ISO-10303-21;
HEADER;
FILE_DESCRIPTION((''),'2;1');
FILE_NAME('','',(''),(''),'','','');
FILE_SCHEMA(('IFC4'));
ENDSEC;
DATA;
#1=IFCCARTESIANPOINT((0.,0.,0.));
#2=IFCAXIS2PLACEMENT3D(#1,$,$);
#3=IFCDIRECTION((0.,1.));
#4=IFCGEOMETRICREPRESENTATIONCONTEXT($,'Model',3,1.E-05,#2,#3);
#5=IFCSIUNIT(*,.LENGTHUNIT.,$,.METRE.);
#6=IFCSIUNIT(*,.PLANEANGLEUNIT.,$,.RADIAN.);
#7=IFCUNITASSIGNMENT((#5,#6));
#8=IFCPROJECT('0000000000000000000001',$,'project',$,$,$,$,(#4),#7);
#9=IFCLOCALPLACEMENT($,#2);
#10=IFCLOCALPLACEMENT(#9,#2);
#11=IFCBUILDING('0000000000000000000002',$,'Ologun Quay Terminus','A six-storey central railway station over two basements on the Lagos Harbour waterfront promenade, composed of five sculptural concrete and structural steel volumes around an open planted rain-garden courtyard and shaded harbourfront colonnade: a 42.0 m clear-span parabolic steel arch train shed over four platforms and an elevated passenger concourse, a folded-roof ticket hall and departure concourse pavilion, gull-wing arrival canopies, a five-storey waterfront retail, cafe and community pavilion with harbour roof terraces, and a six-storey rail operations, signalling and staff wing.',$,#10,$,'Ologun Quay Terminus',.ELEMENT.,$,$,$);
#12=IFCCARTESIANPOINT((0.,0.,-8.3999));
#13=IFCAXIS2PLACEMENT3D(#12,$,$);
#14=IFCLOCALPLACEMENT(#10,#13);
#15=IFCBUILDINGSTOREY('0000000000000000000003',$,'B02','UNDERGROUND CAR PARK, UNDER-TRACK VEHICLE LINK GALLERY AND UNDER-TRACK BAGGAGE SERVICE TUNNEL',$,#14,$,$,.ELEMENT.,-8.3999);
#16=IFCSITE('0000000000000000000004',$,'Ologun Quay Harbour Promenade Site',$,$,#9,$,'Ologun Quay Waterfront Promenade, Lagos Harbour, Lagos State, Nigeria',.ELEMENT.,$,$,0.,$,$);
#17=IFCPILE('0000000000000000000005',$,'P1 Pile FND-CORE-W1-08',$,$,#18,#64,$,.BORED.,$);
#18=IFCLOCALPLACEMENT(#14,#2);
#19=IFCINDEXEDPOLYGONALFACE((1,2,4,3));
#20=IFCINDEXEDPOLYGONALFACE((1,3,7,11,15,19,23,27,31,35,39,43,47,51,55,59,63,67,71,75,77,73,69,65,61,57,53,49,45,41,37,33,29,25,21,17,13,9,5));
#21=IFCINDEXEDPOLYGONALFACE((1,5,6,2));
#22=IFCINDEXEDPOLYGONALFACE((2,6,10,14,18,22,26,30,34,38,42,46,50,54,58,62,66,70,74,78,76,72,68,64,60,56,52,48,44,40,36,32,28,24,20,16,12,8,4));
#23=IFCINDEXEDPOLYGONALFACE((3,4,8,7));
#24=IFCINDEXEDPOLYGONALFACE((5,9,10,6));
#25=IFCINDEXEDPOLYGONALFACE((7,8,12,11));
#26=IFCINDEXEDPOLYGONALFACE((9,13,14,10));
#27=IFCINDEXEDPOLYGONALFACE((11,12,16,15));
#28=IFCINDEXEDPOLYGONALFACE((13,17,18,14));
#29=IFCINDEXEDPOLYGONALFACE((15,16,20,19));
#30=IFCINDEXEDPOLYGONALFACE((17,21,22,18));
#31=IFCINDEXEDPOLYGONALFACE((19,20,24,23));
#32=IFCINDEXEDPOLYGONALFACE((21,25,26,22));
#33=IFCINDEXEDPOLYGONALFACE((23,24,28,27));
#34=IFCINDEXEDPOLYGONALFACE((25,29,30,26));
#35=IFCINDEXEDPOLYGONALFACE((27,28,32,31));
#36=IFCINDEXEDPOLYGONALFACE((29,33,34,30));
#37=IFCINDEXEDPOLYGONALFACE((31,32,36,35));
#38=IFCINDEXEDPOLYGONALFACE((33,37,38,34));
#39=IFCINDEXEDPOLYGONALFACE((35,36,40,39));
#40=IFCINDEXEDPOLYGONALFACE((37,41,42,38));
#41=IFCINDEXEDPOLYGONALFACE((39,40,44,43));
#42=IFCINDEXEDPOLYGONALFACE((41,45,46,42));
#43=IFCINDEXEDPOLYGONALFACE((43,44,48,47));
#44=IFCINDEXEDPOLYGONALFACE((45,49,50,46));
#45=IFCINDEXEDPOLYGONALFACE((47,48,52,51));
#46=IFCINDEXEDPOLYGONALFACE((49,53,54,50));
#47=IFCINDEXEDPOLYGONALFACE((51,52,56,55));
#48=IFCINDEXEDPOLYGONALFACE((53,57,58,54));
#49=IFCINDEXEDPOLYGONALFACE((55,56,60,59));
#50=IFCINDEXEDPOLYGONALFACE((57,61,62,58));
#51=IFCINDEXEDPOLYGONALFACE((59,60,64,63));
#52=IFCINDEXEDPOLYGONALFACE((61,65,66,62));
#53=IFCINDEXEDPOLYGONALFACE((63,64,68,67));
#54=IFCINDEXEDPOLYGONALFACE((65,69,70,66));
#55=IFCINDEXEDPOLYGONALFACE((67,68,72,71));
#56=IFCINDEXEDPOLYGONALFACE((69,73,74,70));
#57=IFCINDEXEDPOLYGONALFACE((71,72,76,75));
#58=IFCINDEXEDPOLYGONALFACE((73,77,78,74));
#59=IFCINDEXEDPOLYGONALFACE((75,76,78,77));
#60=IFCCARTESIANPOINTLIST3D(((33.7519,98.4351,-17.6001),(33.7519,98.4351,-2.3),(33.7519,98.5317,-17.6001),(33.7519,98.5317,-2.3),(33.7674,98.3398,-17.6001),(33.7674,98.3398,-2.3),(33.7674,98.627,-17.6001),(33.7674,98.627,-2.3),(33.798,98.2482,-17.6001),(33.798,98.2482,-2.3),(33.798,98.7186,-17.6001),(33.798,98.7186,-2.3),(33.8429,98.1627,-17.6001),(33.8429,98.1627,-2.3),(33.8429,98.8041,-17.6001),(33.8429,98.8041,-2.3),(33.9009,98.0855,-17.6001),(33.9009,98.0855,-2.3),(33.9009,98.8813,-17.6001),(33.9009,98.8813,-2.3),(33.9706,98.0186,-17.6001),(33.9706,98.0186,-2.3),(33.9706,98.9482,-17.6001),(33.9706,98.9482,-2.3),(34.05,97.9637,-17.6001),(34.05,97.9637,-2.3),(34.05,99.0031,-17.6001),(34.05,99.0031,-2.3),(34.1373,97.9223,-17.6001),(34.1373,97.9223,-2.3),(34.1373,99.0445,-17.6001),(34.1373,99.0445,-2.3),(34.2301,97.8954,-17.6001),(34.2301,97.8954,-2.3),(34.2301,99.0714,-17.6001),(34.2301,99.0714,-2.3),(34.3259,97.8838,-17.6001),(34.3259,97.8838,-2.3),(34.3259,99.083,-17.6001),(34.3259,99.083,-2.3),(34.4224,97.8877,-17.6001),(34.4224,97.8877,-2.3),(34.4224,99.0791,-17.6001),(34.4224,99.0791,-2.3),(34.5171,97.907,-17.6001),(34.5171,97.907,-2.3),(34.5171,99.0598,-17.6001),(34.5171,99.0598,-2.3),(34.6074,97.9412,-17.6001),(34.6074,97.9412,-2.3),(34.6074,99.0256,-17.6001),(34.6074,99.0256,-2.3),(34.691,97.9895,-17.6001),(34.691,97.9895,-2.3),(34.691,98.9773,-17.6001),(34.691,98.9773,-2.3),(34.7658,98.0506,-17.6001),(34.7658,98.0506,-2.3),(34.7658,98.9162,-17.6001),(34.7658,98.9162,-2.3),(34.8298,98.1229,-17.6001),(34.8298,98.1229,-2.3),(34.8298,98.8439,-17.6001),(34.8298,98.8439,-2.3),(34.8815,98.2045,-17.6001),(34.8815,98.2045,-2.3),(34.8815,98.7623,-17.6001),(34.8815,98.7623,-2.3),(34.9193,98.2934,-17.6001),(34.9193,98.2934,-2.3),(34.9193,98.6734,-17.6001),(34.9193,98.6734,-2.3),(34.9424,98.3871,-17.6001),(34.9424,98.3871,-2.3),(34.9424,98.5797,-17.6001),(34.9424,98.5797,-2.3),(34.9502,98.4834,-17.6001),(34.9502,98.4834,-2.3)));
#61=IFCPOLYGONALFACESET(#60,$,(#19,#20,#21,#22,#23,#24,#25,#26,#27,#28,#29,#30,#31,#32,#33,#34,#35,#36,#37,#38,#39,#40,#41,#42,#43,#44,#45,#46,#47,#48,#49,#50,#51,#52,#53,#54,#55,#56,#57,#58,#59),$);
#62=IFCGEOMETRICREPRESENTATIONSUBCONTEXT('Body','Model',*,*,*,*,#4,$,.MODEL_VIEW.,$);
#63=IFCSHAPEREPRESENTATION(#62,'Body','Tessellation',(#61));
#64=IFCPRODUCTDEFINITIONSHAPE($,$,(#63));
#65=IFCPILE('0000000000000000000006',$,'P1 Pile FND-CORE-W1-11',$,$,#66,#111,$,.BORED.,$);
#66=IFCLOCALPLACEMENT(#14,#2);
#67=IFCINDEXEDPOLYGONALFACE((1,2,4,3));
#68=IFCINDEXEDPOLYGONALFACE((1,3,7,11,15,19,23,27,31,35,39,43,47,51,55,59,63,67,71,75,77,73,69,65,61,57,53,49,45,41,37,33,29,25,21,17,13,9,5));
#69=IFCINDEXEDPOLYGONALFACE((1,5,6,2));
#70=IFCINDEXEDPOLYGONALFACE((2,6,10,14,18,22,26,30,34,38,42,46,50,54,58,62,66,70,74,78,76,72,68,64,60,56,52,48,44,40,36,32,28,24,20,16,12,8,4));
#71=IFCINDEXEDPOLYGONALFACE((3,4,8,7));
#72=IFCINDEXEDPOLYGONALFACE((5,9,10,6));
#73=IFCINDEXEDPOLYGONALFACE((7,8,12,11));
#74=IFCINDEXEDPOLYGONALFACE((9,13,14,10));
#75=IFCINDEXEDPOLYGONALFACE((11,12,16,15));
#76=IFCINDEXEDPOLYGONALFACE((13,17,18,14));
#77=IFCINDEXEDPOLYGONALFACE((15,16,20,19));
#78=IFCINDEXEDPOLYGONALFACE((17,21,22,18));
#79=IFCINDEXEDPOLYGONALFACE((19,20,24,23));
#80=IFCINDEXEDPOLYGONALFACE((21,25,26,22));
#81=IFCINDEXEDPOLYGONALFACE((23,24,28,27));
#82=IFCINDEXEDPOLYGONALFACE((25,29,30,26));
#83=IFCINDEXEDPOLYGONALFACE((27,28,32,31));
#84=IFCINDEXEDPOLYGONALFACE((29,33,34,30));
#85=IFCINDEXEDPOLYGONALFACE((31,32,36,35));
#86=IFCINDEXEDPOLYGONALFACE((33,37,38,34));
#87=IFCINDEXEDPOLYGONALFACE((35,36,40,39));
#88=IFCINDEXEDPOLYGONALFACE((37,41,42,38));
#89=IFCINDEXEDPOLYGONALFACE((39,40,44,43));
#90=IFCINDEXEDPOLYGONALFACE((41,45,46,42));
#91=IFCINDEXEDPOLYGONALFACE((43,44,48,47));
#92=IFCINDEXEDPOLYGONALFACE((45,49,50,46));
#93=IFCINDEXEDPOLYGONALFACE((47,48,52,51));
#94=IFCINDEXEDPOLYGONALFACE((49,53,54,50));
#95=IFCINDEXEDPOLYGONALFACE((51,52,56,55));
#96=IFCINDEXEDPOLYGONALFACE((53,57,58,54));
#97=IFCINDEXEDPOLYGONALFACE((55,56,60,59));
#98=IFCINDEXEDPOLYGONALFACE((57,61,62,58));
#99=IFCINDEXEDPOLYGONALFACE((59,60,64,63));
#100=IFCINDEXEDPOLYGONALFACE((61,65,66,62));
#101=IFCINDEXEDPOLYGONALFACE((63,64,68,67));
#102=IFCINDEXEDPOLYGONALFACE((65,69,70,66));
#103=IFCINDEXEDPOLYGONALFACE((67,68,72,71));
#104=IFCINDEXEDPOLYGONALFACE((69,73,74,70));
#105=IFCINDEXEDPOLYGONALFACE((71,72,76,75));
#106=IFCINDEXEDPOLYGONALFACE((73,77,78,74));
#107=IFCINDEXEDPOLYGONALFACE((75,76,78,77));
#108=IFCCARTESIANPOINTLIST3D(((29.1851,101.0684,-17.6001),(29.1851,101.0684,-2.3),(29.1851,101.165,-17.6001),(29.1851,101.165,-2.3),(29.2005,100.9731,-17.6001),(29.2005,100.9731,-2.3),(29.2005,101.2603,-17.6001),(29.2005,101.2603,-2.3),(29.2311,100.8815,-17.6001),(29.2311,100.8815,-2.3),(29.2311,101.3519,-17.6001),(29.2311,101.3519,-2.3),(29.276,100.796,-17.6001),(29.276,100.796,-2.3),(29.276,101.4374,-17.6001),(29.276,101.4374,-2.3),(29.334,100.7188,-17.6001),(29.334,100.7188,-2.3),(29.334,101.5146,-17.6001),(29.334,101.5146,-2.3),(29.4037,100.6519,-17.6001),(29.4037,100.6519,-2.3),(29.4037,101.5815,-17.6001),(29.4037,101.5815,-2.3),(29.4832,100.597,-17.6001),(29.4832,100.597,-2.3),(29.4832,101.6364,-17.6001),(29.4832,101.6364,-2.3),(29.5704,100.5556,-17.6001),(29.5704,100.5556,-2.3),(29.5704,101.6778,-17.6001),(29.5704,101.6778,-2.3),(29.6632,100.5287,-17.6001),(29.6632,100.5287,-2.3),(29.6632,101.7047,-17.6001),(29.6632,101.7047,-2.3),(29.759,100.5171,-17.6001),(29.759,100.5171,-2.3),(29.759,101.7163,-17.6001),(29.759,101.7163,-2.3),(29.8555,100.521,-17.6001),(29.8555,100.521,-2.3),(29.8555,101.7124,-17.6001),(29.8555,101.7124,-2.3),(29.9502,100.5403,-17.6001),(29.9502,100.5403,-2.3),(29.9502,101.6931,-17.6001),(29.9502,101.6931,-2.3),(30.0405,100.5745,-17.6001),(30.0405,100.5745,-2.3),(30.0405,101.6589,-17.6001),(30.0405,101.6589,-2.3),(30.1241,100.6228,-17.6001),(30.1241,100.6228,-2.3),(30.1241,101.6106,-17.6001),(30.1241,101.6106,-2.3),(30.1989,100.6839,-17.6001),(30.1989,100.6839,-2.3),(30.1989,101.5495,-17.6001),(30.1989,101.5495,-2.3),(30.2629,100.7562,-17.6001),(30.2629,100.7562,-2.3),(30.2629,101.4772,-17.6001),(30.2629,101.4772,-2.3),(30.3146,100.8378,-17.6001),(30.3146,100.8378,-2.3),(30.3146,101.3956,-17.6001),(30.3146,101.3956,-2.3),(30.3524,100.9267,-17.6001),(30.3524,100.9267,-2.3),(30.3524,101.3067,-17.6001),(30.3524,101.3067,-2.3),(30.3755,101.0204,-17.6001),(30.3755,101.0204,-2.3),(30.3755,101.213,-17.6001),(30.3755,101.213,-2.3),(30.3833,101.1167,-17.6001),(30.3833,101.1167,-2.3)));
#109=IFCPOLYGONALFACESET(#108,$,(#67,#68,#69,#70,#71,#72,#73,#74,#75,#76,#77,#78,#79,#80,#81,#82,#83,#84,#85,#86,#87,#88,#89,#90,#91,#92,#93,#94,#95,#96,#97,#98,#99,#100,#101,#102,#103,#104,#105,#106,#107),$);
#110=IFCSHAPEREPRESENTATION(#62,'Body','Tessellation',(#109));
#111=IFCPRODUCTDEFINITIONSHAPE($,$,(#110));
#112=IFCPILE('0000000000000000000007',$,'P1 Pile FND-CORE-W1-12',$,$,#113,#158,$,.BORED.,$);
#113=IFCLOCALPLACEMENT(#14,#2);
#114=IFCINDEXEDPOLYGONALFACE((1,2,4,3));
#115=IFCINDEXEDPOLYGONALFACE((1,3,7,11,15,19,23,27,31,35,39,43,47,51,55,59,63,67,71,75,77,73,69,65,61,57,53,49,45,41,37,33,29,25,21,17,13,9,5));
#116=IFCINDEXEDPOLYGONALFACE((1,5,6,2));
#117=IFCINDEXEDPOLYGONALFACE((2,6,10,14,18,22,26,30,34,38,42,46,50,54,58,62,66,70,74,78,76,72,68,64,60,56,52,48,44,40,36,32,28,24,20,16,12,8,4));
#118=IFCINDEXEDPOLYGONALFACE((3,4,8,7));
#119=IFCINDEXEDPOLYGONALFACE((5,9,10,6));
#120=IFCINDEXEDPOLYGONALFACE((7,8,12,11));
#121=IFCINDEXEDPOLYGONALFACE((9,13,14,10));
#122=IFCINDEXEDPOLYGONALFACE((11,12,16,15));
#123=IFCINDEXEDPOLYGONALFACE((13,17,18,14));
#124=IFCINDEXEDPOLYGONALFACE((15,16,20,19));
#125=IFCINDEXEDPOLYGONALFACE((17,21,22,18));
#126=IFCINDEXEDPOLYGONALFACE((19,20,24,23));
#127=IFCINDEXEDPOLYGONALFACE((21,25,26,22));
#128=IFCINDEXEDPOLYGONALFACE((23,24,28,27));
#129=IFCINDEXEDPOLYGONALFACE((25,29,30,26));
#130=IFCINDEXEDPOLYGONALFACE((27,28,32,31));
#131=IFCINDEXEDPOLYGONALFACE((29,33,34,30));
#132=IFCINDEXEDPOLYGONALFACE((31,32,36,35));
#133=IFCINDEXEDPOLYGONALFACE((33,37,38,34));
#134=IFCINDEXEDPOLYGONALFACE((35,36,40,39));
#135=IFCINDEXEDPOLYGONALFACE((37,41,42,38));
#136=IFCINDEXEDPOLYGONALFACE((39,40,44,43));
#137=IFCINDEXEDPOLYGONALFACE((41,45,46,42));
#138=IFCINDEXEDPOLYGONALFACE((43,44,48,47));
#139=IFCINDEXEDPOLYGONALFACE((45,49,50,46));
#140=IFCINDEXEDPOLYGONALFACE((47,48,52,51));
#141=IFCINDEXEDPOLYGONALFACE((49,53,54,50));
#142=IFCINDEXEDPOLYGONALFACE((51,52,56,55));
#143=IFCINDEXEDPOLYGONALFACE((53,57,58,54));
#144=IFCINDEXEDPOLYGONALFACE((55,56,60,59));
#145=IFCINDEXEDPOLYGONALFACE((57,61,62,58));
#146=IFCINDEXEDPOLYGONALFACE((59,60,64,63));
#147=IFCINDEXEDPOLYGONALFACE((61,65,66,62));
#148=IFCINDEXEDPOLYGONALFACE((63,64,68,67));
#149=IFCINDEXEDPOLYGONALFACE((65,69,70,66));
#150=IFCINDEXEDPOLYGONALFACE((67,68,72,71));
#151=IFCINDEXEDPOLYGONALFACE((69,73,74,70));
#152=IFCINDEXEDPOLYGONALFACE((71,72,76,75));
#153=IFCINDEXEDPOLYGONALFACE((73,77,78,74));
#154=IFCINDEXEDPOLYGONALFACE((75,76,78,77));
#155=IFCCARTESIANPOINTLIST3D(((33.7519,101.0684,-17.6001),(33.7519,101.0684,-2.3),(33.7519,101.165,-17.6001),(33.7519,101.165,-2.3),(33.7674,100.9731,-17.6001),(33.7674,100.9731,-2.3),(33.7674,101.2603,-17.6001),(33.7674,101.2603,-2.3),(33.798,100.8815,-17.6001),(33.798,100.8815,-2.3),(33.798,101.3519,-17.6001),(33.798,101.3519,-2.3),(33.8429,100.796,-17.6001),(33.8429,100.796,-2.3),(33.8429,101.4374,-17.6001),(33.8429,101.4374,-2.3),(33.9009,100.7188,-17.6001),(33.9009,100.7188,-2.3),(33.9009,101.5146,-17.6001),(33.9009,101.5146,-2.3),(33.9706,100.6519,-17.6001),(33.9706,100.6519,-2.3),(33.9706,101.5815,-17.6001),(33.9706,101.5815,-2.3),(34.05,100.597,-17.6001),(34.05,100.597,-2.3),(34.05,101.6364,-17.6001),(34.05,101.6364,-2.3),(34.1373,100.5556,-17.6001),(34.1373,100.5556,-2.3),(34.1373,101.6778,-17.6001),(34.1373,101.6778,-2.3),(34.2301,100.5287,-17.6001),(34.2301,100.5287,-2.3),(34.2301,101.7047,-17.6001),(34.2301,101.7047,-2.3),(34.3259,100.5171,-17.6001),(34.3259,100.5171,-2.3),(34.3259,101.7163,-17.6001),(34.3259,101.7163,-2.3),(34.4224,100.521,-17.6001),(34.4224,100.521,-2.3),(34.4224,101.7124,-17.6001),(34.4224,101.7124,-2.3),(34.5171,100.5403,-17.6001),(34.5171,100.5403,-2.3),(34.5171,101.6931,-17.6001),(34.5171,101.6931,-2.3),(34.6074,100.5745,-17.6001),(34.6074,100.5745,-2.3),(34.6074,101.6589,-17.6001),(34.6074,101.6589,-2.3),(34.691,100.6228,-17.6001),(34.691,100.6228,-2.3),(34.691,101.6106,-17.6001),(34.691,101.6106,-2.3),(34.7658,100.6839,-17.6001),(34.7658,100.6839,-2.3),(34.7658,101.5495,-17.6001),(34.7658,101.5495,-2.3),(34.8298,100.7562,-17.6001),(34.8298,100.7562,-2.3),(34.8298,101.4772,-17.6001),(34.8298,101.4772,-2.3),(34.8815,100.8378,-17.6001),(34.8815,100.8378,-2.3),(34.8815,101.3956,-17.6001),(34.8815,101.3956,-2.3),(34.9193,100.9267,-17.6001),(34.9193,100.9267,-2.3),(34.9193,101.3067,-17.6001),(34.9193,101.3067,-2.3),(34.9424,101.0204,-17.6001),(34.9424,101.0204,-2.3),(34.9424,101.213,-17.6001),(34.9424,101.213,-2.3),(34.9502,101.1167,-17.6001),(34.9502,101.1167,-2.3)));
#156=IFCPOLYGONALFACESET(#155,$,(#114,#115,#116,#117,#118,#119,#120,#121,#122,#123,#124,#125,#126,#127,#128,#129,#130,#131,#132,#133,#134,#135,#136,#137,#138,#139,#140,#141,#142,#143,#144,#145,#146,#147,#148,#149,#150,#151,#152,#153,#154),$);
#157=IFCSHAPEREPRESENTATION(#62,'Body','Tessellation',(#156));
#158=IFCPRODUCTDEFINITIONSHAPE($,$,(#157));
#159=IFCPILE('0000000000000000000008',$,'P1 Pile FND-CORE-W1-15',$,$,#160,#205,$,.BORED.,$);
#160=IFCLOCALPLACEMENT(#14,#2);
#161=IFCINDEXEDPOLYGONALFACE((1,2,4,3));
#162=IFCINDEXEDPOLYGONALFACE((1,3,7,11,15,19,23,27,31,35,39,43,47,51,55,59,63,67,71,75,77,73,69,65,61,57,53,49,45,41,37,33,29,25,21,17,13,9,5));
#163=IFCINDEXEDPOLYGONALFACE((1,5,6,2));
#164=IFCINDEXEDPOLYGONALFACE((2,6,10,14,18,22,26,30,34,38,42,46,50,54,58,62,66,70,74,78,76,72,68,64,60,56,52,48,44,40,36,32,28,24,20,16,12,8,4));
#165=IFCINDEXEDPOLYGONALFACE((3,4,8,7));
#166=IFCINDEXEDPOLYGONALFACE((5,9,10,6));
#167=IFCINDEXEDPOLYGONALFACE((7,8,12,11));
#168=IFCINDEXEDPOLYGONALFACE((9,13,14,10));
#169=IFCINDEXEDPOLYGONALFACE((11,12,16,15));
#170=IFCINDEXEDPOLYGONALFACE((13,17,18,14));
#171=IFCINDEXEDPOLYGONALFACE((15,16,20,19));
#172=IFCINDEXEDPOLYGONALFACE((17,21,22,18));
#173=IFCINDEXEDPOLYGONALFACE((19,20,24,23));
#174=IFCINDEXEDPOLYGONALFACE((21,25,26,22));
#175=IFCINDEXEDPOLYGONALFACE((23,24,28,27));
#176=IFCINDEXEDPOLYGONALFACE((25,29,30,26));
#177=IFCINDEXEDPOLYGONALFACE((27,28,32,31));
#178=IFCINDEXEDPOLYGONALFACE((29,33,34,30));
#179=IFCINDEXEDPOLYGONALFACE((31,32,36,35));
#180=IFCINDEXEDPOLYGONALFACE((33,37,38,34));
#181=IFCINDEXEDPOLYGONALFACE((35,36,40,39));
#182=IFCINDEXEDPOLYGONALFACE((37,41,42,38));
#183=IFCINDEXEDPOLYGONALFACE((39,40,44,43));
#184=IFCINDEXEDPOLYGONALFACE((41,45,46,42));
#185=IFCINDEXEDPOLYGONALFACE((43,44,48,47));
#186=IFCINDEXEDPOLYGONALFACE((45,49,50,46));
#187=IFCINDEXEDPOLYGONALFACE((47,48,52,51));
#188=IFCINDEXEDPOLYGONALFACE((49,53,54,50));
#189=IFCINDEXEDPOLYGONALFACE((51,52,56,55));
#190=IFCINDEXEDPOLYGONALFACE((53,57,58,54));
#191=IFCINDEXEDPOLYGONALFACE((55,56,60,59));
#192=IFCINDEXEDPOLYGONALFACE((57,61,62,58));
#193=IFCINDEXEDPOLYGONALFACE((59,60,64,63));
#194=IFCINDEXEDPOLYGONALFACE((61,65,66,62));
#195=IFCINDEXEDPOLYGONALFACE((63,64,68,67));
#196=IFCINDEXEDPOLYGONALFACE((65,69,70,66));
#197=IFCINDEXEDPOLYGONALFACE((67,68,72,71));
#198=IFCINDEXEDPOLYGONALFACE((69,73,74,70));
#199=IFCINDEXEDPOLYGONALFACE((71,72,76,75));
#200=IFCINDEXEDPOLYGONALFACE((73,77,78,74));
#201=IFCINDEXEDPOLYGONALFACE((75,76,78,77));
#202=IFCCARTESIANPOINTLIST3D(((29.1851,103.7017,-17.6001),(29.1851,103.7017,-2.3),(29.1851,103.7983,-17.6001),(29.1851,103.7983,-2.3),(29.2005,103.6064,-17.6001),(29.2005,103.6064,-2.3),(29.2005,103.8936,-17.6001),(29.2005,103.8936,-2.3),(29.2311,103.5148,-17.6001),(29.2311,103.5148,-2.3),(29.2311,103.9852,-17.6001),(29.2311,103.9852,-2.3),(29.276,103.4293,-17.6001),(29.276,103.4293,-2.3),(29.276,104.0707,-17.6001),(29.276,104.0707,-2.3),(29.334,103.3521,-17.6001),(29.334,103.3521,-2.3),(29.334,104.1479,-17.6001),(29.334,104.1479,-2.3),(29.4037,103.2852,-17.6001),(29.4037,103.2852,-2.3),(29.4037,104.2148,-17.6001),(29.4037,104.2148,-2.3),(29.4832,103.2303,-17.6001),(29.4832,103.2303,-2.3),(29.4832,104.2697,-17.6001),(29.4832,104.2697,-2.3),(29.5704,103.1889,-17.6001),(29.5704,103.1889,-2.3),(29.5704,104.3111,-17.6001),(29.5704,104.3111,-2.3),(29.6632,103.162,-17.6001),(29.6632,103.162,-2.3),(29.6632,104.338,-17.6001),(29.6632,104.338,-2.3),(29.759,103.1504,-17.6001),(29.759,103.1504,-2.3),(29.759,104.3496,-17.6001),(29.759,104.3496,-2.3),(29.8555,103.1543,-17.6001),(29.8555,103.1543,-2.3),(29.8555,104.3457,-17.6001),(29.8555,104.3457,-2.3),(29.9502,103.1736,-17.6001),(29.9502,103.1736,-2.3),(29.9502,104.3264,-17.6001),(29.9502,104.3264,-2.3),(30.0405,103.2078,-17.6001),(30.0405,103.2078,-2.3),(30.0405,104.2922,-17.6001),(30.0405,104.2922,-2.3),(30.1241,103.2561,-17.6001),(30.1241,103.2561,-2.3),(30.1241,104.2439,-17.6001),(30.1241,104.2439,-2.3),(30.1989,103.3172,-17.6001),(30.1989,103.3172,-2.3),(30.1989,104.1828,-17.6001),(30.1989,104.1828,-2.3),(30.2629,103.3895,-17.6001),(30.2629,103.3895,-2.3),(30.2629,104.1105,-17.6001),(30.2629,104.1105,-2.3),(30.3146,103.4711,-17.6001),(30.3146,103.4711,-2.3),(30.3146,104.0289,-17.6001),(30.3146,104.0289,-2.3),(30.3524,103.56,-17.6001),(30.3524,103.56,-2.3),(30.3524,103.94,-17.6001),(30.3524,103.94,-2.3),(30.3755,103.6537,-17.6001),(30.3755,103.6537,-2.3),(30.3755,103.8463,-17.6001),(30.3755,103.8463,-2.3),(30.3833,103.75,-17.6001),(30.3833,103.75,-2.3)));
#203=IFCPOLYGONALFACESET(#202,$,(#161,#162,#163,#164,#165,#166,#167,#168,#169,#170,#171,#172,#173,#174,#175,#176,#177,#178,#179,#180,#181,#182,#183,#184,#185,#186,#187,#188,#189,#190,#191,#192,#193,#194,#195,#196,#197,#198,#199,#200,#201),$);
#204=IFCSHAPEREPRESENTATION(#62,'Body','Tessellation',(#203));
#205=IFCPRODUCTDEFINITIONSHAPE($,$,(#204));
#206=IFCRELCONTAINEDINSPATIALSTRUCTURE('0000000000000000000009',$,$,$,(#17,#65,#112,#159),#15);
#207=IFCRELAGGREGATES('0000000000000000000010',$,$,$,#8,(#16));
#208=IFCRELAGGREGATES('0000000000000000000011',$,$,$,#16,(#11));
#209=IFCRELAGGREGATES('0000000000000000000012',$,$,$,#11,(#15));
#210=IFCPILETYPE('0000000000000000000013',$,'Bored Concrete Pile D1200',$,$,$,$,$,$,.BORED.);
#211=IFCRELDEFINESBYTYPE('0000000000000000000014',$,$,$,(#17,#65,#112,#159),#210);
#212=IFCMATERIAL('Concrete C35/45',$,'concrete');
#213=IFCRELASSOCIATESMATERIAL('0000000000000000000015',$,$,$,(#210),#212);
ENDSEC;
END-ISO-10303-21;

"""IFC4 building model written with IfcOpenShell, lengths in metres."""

from ifc_helpers import new_model, si_unit, direction, frame, origin, origin_2d, place, context, subcontext, project, spatial, circle, extrude, material, material_profile, profile_set, type_object, element, save


model = new_model("IFC4")

# Units and contexts
model_context = context("Model", 3, precision=1e-05, world=origin(), true_north=direction((0.0, 1.0)))
body_context = subcontext(model_context, "Body", "Model", "MODEL_VIEW")
ifc_project = project(units=[si_unit("LENGTHUNIT", "METRE"), si_unit("PLANEANGLEUNIT", "RADIAN")], contexts=[model_context])

# Site, building, storey
site_placement = place(None, origin())
site = spatial("IfcSite", under=ifc_project, at=site_placement, Name="Ologun Quay Harbour Promenade Site", LongName="Ologun Quay Waterfront Promenade, Lagos Harbour, Lagos State, Nigeria", CompositionType="ELEMENT", RefElevation=0.0)
building_placement = place(site_placement, origin())
building = spatial("IfcBuilding", under=site, at=building_placement, Name="Ologun Quay Terminus", Description="A six-storey central railway station over two basements on the Lagos Harbour waterfront promenade, composed of five sculptural concrete and structural steel volumes around an open planted rain-garden courtyard and shaded harbourfront colonnade: a 42.0 m clear-span parabolic steel arch train shed over four platforms and an elevated passenger concourse, a folded-roof ticket hall and departure concourse pavilion, gull-wing arrival canopies, a five-storey waterfront retail, cafe and community pavilion with harbour roof terraces, and a six-storey rail operations, signalling and staff wing.", LongName="Ologun Quay Terminus", CompositionType="ELEMENT")
storey_placement = place(building_placement, frame((0.0, 0.0, -8.3999)))
storey = spatial("IfcBuildingStorey", under=building, at=storey_placement, Name="B02", Description="UNDERGROUND CAR PARK, UNDER-TRACK VEHICLE LINK GALLERY AND UNDER-TRACK BAGGAGE SERVICE TUNNEL", CompositionType="ELEMENT", Elevation=-8.3999)

# Piles
ifc_material_1 = material(Name="Concrete C35/45", Category="concrete")
ifc_material_profile_1 = material_profile(ifc_material_1, circle(Radius=0.6001, at=origin_2d()), Name="PILE D1200")
ifc_profile_set_1 = profile_set([ifc_material_profile_1], Name="Concrete C35/45")
pile_type = type_object("IfcPileType", Name="Bored Concrete Pile D1200", PredefinedType="BORED", material=ifc_profile_set_1)
for number, where, z_axis, x_axis, name in (
    (1, (34.3501, 98.4834, -2.3), (0.0, 0.0, -1.0), (1.0, 0.0, 0.0), "P1 Pile FND-CORE-W1-08"),
    (2, (29.7832, 101.1167, -2.3), (0.0, 0.0, -1.0), (1.0, 0.0, 0.0), "P1 Pile FND-CORE-W1-11"),
    (3, (34.3501, 101.1167, -2.3), (0.0, 0.0, -1.0), (1.0, 0.0, 0.0), "P1 Pile FND-CORE-W1-12"),
    (4, (29.7832, 103.75, -2.3), (0.0, 0.0, -1.0), (1.0, 0.0, 0.0), "P1 Pile FND-CORE-W1-15"),
):
    element("IfcPile", number, at=place(storey_placement, frame(where, z_axis=z_axis, x_axis=x_axis)), inside=storey, type_object=pile_type, Name=name, PredefinedType="BORED", context=body_context, shape_type="SweptSolid", body=[
        extrude(circle(Radius=0.6001, at=origin_2d()), origin(), (0.0, 0.0, 1.0), 15.3),
    ])

save(model, "model.ifc")
